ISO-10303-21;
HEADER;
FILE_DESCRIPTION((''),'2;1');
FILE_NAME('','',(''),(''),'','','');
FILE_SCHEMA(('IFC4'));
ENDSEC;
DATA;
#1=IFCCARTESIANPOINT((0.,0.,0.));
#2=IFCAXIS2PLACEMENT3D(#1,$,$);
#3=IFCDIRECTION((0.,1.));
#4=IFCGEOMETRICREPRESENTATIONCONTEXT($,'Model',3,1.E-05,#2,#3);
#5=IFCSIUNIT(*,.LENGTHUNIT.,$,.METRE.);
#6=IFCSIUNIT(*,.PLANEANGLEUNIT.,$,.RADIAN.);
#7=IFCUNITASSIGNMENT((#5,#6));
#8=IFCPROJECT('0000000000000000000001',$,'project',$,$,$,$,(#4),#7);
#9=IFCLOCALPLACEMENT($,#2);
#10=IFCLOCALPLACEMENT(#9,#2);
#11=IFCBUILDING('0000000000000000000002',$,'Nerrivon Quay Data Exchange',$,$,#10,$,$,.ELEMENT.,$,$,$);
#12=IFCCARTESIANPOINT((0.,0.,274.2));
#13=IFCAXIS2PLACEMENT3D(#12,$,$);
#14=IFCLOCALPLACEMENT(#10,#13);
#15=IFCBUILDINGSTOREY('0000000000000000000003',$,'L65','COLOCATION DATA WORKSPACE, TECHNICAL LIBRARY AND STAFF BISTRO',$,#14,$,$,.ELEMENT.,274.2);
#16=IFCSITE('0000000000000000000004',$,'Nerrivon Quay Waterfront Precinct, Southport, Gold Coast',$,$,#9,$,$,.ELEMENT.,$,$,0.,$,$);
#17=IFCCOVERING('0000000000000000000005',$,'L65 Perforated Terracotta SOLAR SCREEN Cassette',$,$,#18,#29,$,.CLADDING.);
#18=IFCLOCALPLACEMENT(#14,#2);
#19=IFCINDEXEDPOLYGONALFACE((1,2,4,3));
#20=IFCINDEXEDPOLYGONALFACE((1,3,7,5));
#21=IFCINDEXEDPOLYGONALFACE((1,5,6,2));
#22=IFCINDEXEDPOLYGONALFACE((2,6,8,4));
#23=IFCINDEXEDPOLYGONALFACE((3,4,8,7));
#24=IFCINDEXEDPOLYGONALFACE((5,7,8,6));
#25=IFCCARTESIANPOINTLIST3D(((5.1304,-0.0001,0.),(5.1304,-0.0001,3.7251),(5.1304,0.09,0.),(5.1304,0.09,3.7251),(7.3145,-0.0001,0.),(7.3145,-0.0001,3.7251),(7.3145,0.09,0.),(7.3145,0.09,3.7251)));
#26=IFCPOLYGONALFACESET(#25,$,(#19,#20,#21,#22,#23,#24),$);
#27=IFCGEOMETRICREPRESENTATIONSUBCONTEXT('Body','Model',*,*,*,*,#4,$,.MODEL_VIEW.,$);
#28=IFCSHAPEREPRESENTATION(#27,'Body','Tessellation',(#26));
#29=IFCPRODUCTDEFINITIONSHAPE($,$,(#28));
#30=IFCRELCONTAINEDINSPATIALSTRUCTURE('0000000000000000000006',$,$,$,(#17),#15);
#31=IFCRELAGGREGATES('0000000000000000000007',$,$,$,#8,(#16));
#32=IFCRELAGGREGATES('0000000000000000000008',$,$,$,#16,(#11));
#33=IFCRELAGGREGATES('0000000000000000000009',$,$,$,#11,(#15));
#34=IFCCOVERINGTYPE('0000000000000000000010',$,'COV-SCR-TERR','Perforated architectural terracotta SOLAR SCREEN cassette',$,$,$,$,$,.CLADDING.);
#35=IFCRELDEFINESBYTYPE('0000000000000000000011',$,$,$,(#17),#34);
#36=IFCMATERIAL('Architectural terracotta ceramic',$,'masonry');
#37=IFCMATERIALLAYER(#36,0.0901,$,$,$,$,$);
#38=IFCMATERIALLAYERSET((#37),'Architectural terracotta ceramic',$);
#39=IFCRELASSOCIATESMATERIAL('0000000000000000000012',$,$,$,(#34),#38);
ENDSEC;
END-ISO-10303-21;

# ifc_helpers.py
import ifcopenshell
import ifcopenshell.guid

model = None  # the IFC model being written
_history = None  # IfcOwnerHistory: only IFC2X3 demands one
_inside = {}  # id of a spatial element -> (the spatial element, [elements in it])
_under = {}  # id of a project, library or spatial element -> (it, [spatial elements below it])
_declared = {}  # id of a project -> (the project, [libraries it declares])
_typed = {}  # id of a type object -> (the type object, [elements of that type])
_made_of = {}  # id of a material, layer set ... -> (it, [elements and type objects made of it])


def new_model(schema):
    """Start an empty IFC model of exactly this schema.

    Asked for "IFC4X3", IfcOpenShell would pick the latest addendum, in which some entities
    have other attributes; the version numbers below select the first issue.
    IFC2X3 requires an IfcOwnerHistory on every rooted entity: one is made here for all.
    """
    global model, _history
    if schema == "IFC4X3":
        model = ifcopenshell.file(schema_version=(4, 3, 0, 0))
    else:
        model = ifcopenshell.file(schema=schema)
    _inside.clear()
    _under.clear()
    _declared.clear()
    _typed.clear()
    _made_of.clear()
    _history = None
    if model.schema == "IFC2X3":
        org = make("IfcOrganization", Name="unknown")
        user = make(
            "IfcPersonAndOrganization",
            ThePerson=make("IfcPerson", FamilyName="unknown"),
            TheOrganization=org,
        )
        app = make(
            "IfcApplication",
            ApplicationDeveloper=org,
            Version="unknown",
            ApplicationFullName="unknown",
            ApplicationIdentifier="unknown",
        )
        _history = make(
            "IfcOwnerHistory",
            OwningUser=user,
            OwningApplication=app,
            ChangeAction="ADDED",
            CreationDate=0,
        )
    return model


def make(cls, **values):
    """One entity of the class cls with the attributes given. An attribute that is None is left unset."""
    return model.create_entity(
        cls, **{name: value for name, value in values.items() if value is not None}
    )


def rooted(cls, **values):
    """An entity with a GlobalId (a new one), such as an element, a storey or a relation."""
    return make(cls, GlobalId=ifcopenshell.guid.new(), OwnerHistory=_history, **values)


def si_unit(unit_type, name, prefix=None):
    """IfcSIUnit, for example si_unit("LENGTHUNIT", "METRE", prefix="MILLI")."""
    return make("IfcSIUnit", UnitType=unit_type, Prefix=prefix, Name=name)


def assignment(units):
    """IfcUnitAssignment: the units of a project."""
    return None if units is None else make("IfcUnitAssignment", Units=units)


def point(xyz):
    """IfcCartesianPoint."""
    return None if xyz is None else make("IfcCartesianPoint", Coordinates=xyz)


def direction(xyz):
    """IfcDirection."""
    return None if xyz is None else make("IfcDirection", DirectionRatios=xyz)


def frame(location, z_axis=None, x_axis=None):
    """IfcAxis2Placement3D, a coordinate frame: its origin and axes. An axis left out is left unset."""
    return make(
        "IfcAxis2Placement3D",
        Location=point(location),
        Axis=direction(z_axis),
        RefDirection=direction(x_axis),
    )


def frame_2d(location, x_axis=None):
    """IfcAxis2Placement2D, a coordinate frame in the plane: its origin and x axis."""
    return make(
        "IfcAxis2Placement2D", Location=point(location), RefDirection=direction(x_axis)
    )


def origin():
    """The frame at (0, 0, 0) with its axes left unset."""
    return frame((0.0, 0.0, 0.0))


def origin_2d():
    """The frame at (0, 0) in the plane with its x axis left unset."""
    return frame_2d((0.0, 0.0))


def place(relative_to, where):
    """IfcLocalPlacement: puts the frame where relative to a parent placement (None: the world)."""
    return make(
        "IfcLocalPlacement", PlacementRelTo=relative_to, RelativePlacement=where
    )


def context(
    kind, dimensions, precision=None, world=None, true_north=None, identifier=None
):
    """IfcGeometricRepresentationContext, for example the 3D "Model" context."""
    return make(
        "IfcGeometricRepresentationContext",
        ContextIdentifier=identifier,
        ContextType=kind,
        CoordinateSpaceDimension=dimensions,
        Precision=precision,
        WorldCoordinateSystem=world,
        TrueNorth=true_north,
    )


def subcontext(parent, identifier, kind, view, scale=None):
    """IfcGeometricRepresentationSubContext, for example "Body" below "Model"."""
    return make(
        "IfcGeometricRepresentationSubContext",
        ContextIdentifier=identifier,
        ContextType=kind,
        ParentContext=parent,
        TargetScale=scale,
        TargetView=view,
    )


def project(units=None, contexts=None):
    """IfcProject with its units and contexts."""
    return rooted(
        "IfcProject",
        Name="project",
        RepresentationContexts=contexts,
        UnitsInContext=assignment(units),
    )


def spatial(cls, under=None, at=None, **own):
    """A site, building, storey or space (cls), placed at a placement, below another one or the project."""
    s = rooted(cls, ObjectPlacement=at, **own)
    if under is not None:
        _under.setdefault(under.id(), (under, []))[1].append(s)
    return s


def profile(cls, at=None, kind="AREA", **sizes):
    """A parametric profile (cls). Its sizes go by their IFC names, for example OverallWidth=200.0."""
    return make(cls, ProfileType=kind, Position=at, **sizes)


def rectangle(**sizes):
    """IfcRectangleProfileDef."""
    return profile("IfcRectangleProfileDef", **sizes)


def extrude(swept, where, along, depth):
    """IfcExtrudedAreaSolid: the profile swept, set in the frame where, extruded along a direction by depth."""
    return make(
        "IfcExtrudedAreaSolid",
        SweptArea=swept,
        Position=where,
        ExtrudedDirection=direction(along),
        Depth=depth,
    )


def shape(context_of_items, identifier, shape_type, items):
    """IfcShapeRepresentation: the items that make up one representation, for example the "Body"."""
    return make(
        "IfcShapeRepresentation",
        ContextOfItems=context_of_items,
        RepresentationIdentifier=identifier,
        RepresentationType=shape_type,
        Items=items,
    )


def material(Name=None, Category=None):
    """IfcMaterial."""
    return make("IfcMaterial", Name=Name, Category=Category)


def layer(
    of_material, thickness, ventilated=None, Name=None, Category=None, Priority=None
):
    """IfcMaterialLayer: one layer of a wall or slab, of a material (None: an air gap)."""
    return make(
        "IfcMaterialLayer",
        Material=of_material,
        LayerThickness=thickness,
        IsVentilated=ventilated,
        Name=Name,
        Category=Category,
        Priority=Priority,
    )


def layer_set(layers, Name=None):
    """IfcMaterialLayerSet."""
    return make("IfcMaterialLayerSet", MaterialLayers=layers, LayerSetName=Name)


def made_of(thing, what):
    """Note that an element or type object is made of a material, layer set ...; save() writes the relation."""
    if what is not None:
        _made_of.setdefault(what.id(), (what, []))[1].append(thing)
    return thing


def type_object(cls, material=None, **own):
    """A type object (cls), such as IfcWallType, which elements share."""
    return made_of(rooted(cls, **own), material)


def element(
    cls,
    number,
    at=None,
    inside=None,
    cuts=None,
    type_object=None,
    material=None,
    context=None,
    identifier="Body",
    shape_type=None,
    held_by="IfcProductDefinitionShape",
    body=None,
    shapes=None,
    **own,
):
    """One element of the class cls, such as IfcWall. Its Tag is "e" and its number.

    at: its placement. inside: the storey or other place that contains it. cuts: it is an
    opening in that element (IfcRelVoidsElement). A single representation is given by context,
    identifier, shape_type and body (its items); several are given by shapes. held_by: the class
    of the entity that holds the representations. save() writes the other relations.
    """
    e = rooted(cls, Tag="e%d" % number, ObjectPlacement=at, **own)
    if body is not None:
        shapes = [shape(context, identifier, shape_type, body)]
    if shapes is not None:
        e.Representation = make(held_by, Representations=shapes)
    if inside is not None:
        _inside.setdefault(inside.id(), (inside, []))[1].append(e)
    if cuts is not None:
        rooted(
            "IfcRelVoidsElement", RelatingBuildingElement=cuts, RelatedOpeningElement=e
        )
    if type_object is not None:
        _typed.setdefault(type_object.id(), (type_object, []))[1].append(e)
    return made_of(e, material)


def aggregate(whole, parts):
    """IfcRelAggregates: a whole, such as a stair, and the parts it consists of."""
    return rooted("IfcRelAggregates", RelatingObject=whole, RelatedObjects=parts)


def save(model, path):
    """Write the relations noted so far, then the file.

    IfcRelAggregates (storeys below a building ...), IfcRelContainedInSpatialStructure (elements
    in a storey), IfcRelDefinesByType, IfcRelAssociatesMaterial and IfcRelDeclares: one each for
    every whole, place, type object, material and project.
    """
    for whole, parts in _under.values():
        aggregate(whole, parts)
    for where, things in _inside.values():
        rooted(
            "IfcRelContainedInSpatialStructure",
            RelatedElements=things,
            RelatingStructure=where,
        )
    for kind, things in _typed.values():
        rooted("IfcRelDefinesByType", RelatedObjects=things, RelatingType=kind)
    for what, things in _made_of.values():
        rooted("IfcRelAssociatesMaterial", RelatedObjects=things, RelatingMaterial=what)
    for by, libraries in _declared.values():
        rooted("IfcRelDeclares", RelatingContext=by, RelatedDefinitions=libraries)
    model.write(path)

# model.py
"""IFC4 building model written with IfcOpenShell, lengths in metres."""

from ifc_helpers import new_model, si_unit, direction, frame, origin, origin_2d, place, context, subcontext, project, spatial, rectangle, extrude, material, layer, layer_set, type_object, element, save


model = new_model("IFC4")

# Units and contexts
model_context = context("Model", 3, precision=1e-05, world=origin(), true_north=direction((0.0, 1.0)))
body_context = subcontext(model_context, "Body", "Model", "MODEL_VIEW")
ifc_project = project(units=[si_unit("LENGTHUNIT", "METRE"), si_unit("PLANEANGLEUNIT", "RADIAN")], contexts=[model_context])

# Site, building, storey
site_placement = place(None, origin())
site = spatial("IfcSite", under=ifc_project, at=site_placement, Name="Nerrivon Quay Waterfront Precinct, Southport, Gold Coast", CompositionType="ELEMENT", RefElevation=0.0)
building_placement = place(site_placement, origin())
building = spatial("IfcBuilding", under=site, at=building_placement, Name="Nerrivon Quay Data Exchange", CompositionType="ELEMENT")
storey_placement = place(building_placement, frame((0.0, 0.0, 274.2)))
storey = spatial("IfcBuildingStorey", under=building, at=storey_placement, Name="L65", Description="COLOCATION DATA WORKSPACE, TECHNICAL LIBRARY AND STAFF BISTRO", CompositionType="ELEMENT", Elevation=274.2)

# Covering
ifc_material_1 = material(Name="Architectural terracotta ceramic", Category="masonry")
ifc_layer_1 = layer(ifc_material_1, 0.0901)
ifc_layer_set_1 = layer_set([ifc_layer_1], Name="Architectural terracotta ceramic")
covering_type = type_object("IfcCoveringType", Name="COV-SCR-TERR", Description="Perforated architectural terracotta SOLAR SCREEN cassette", PredefinedType="CLADDING", material=ifc_layer_set_1)
covering_placement = place(storey_placement, frame((6.2224, 0.0449, 0.0), z_axis=(0.0, 0.0, 1.0), x_axis=(-1.0, 0.0, 0.0)))
element("IfcCovering", 1, at=covering_placement, inside=storey, type_object=covering_type, Name="L65 Perforated Terracotta SOLAR SCREEN Cassette", PredefinedType="CLADDING", context=body_context, shape_type="SweptSolid", body=[
    extrude(rectangle(XDim=2.1841, YDim=0.0901, at=origin_2d()), origin(), (0.0, 0.0, 1.0), 3.7251),
])

save(model, "model.ifc")
